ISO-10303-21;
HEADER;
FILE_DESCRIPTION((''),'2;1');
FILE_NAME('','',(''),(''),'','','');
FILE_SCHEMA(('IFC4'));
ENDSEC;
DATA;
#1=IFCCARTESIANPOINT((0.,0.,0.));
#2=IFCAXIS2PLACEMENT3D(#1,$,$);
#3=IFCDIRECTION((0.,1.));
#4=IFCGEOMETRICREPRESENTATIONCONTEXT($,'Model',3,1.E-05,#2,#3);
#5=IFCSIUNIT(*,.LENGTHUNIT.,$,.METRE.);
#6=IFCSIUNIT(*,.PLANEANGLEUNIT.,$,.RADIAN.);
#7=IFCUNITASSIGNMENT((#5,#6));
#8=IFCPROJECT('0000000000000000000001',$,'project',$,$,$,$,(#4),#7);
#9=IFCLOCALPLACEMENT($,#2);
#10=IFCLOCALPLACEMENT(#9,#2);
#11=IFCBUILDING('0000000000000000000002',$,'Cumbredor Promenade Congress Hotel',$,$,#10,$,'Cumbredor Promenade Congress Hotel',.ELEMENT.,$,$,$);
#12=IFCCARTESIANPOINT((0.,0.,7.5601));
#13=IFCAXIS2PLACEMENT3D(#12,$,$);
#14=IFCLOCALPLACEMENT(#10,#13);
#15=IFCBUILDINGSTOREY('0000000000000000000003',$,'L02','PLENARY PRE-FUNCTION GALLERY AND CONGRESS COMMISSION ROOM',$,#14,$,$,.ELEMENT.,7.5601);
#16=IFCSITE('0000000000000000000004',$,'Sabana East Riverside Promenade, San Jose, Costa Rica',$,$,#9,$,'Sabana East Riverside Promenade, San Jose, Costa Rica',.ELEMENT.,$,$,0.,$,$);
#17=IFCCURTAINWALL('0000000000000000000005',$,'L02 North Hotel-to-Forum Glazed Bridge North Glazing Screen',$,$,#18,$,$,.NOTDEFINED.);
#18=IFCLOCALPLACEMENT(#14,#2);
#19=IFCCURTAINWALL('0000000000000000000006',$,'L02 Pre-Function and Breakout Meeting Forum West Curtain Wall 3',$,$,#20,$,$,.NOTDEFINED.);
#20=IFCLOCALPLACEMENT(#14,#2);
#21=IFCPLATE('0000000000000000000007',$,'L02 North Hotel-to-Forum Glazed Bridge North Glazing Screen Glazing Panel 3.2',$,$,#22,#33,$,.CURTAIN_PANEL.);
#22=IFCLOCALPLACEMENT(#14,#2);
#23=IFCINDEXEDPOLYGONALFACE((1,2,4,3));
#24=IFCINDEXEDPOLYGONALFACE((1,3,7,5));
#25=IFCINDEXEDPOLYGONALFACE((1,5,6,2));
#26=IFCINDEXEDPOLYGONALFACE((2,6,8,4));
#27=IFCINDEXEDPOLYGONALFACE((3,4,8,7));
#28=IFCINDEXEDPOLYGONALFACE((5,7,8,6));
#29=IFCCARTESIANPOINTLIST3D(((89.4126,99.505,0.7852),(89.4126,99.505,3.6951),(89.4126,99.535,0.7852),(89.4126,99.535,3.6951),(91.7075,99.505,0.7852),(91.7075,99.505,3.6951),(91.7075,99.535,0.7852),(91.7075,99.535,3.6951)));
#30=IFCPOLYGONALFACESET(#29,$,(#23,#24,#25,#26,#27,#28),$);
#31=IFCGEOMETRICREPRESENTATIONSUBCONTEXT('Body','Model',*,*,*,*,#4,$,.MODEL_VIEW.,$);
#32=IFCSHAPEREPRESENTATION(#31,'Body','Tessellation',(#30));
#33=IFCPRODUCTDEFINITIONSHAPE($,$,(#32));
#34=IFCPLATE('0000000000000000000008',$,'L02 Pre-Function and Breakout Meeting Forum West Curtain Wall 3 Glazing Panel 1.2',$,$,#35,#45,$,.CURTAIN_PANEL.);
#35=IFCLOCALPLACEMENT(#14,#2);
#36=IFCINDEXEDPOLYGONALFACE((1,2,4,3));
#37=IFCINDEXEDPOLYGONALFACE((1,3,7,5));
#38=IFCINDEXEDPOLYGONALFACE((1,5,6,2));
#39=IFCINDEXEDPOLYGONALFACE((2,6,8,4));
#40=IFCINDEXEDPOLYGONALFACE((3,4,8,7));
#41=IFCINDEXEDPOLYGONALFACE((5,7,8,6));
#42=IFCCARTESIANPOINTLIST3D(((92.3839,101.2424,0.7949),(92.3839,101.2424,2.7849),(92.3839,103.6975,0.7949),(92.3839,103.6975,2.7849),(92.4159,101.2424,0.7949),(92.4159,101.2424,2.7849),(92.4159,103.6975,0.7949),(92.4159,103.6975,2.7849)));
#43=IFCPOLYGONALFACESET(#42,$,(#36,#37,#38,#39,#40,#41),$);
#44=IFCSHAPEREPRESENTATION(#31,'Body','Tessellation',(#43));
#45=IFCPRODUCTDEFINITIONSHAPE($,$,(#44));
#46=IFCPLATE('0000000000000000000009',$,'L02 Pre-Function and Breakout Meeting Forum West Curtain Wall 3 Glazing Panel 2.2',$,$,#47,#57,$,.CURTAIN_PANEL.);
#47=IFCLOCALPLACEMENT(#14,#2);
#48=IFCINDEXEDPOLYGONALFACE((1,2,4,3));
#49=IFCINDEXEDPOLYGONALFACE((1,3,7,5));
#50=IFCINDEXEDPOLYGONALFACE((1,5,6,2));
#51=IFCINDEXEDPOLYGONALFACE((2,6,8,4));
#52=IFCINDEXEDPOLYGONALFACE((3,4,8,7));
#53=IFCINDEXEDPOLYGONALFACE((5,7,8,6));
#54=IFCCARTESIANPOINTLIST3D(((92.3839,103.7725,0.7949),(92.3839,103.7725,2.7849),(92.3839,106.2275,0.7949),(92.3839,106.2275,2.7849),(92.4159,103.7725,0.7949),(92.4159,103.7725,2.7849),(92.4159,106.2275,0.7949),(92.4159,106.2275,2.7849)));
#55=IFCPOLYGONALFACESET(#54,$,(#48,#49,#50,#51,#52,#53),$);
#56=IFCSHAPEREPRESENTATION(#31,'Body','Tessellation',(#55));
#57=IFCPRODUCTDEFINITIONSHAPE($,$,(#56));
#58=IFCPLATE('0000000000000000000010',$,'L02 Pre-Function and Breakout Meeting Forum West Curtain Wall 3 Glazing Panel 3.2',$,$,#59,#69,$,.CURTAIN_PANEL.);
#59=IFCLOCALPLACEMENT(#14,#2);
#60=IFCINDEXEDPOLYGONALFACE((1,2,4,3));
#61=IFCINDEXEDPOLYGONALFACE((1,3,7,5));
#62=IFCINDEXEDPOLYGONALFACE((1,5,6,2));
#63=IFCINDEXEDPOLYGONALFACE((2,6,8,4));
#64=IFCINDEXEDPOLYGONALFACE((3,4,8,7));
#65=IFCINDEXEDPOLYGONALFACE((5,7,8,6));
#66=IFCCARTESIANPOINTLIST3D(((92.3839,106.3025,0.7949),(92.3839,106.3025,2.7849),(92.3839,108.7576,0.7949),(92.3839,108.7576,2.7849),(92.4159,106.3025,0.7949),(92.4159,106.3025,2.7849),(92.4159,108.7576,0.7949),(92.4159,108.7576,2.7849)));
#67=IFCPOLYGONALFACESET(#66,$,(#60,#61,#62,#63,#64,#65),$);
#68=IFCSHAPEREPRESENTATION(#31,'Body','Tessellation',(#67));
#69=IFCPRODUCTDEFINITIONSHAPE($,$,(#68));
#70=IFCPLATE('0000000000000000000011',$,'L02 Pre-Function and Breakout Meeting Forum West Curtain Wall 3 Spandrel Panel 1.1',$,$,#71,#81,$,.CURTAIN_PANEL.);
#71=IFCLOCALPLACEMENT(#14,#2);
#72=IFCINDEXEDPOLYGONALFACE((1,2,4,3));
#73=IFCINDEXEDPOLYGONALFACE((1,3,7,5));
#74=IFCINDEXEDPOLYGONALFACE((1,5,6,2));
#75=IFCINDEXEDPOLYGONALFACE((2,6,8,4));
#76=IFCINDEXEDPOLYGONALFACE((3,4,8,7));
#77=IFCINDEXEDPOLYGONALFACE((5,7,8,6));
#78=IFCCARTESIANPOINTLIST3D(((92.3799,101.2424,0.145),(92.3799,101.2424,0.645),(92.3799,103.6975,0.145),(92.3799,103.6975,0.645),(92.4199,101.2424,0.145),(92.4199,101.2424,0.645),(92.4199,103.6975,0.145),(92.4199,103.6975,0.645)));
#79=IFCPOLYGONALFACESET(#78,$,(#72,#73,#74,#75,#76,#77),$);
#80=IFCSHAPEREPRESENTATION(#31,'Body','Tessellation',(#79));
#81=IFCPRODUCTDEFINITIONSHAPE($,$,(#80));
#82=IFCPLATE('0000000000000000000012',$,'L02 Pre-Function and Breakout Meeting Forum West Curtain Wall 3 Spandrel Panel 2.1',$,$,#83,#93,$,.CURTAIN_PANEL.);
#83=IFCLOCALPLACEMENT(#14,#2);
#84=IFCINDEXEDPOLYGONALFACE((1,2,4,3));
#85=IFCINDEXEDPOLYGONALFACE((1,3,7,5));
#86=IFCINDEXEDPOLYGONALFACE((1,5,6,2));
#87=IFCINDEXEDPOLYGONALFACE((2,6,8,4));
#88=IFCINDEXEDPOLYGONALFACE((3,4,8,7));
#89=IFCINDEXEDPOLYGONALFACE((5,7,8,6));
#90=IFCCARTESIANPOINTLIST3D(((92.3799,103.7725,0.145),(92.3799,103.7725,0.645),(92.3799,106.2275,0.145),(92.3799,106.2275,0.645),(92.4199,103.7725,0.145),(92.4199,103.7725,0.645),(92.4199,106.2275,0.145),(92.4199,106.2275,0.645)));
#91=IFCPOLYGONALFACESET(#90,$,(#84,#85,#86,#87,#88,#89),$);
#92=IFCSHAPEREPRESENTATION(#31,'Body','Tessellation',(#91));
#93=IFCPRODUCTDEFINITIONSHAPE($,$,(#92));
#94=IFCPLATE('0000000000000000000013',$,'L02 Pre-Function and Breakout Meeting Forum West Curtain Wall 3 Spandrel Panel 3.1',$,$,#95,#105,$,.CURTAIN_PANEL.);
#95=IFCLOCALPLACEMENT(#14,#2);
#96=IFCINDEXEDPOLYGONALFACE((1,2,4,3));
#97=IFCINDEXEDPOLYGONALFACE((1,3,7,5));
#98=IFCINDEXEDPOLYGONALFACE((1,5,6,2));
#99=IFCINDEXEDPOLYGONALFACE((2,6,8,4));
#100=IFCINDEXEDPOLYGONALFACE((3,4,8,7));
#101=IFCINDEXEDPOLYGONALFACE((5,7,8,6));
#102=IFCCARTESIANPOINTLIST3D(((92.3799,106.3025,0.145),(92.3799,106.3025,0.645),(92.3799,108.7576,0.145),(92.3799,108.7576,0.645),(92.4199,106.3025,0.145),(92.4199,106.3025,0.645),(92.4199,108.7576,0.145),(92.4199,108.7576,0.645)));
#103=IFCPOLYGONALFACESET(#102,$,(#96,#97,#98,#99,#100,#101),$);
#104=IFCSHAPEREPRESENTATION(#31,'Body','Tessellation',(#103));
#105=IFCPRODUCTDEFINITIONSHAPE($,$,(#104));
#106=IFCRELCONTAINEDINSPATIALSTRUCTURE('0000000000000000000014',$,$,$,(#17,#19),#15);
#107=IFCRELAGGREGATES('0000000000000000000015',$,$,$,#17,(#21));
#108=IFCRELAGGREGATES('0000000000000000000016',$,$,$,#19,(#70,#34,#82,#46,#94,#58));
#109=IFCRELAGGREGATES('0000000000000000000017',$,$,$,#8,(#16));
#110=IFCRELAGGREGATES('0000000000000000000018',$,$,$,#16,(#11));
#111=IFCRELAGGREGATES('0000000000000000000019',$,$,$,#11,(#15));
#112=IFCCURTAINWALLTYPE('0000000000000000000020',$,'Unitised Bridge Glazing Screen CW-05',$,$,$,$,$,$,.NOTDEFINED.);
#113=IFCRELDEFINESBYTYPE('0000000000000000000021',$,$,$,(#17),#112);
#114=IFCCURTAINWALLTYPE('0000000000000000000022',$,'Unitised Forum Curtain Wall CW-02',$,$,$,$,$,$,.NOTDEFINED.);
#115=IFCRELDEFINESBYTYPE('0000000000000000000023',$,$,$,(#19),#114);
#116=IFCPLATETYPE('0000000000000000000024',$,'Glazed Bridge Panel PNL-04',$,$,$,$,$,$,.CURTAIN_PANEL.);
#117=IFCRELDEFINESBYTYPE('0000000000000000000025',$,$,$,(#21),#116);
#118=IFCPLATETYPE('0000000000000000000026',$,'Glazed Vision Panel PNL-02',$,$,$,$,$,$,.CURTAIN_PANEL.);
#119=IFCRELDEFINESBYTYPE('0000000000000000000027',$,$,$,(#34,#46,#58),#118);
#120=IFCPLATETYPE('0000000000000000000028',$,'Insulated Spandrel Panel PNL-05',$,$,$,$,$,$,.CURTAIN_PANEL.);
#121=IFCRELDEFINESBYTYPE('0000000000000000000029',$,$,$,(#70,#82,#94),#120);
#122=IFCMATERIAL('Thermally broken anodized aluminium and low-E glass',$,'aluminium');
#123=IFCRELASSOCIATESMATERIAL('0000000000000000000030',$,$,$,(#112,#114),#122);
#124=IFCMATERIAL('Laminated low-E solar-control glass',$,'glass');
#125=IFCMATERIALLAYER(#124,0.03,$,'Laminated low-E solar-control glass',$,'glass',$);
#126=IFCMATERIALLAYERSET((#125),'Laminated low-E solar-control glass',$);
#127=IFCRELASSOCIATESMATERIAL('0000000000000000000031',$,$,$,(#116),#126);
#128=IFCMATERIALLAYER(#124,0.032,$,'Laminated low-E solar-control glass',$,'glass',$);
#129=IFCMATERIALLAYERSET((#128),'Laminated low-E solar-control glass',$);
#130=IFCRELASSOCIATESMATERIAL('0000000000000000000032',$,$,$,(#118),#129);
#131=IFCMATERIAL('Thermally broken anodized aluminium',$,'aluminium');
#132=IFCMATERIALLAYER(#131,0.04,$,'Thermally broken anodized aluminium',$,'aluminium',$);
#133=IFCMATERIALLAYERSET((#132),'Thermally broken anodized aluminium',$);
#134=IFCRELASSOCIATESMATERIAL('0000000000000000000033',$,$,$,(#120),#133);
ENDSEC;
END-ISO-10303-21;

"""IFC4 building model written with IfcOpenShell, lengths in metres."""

from ifc_helpers import new_model, si_unit, direction, frame, origin, origin_2d, place, context, subcontext, project, spatial, rectangle, extrude, material, layer, layer_set, type_object, element, aggregate, save


model = new_model("IFC4")

# Units and contexts
model_context = context("Model", 3, precision=1e-05, world=origin(), true_north=direction((0.0, 1.0)))
body_context = subcontext(model_context, "Body", "Model", "MODEL_VIEW")
ifc_project = project(units=[si_unit("LENGTHUNIT", "METRE"), si_unit("PLANEANGLEUNIT", "RADIAN")], contexts=[model_context])

# Site, building, storey
site_placement = place(None, origin())
site = spatial("IfcSite", under=ifc_project, at=site_placement, Name="Sabana East Riverside Promenade, San Jose, Costa Rica", LongName="Sabana East Riverside Promenade, San Jose, Costa Rica", CompositionType="ELEMENT", RefElevation=0.0)
building_placement = place(site_placement, origin())
building = spatial("IfcBuilding", under=site, at=building_placement, Name="Cumbredor Promenade Congress Hotel", LongName="Cumbredor Promenade Congress Hotel", CompositionType="ELEMENT")
storey_placement = place(building_placement, frame((0.0, 0.0, 7.5601)))
storey = spatial("IfcBuildingStorey", under=building, at=storey_placement, Name="L02", Description="PLENARY PRE-FUNCTION GALLERY AND CONGRESS COMMISSION ROOM", CompositionType="ELEMENT", Elevation=7.5601)

# Curtain wall
ifc_material_1 = material(Name="Thermally broken anodized aluminium and low-E glass", Category="aluminium")
curtain_wall_type_1 = type_object("IfcCurtainWallType", Name="Unitised Bridge Glazing Screen CW-05", PredefinedType="NOTDEFINED", material=ifc_material_1)
curtain_wall_1_placement = place(storey_placement, origin())
curtain_wall_1 = element("IfcCurtainWall", 1, at=curtain_wall_1_placement, inside=storey, type_object=curtain_wall_type_1, Name="L02 North Hotel-to-Forum Glazed Bridge North Glazing Screen", PredefinedType="NOTDEFINED")
ifc_material_2 = material(Name="Thermally broken anodized aluminium", Category="aluminium")

# Curtain wall
curtain_wall_type_2 = type_object("IfcCurtainWallType", Name="Unitised Forum Curtain Wall CW-02", PredefinedType="NOTDEFINED", material=ifc_material_1)
curtain_wall_2_placement = place(storey_placement, origin())
curtain_wall_2 = element("IfcCurtainWall", 2, at=curtain_wall_2_placement, inside=storey, type_object=curtain_wall_type_2, Name="L02 Pre-Function and Breakout Meeting Forum West Curtain Wall 3", PredefinedType="NOTDEFINED")

# Plates
ifc_material_3 = material(Name="Laminated low-E solar-control glass", Category="glass")
ifc_layer_1 = layer(ifc_material_3, 0.03, Name="Laminated low-E solar-control glass", Category="glass")
ifc_layer_set_1 = layer_set([ifc_layer_1], Name="Laminated low-E solar-control glass")
plate_type_1 = type_object("IfcPlateType", Name="Glazed Bridge Panel PNL-04", PredefinedType="CURTAIN_PANEL", material=ifc_layer_set_1)
plate_1_placement = place(storey_placement, frame((90.5601, 99.52, 0.7852), z_axis=(0.0, 0.0, 1.0), x_axis=(1.0, 0.0, 0.0)))
plate_1 = element("IfcPlate", 3, at=plate_1_placement, type_object=plate_type_1, Name="L02 North Hotel-to-Forum Glazed Bridge North Glazing Screen Glazing Panel 3.2", PredefinedType="CURTAIN_PANEL", context=body_context, shape_type="SweptSolid", body=[
    extrude(rectangle(XDim=2.2949, YDim=0.03, at=origin_2d()), origin(), (0.0, 0.0, 1.0), 2.9099),
])
aggregate(curtain_wall_1, [plate_1])
ifc_layer_2 = layer(ifc_material_3, 0.032, Name="Laminated low-E solar-control glass", Category="glass")
ifc_layer_set_2 = layer_set([ifc_layer_2], Name="Laminated low-E solar-control glass")
plate_type_2 = type_object("IfcPlateType", Name="Glazed Vision Panel PNL-02", PredefinedType="CURTAIN_PANEL", material=ifc_layer_set_2)
plate_2_placement = place(storey_placement, frame((92.3999, 102.47, 0.7949), z_axis=(0.0, 0.0, 1.0), x_axis=(0.0, 1.0, 0.0)))
plate_2 = element("IfcPlate", 4, at=plate_2_placement, type_object=plate_type_2, Name="L02 Pre-Function and Breakout Meeting Forum West Curtain Wall 3 Glazing Panel 1.2", PredefinedType="CURTAIN_PANEL", context=body_context, shape_type="SweptSolid", body=[
    extrude(rectangle(XDim=2.4551, YDim=0.032, at=origin_2d()), origin(), (0.0, 0.0, 1.0), 1.99),
])
plate_3_placement = place(storey_placement, frame((92.3999, 105.0, 0.7949), z_axis=(0.0, 0.0, 1.0), x_axis=(0.0, 1.0, 0.0)))
plate_3 = element("IfcPlate", 5, at=plate_3_placement, type_object=plate_type_2, Name="L02 Pre-Function and Breakout Meeting Forum West Curtain Wall 3 Glazing Panel 2.2", PredefinedType="CURTAIN_PANEL", context=body_context, shape_type="SweptSolid", body=[
    extrude(rectangle(XDim=2.4551, YDim=0.032, at=origin_2d()), origin(), (0.0, 0.0, 1.0), 1.99),
])
plate_4_placement = place(storey_placement, frame((92.3999, 107.53, 0.7949), z_axis=(0.0, 0.0, 1.0), x_axis=(0.0, 1.0, 0.0)))
plate_4 = element("IfcPlate", 6, at=plate_4_placement, type_object=plate_type_2, Name="L02 Pre-Function and Breakout Meeting Forum West Curtain Wall 3 Glazing Panel 3.2", PredefinedType="CURTAIN_PANEL", context=body_context, shape_type="SweptSolid", body=[
    extrude(rectangle(XDim=2.4551, YDim=0.032, at=origin_2d()), origin(), (0.0, 0.0, 1.0), 1.99),
])
ifc_layer_3 = layer(ifc_material_2, 0.04, Name="Thermally broken anodized aluminium", Category="aluminium")
ifc_layer_set_3 = layer_set([ifc_layer_3], Name="Thermally broken anodized aluminium")
plate_type_3 = type_object("IfcPlateType", Name="Insulated Spandrel Panel PNL-05", PredefinedType="CURTAIN_PANEL", material=ifc_layer_set_3)
plate_5_placement = place(storey_placement, frame((92.3999, 102.47, 0.145), z_axis=(0.0, 0.0, 1.0), x_axis=(0.0, 1.0, 0.0)))
plate_5 = element("IfcPlate", 7, at=plate_5_placement, type_object=plate_type_3, Name="L02 Pre-Function and Breakout Meeting Forum West Curtain Wall 3 Spandrel Panel 1.1", PredefinedType="CURTAIN_PANEL", context=body_context, shape_type="SweptSolid", body=[
    extrude(rectangle(XDim=2.4551, YDim=0.04, at=origin_2d()), origin(), (0.0, 0.0, 1.0), 0.5),
])
plate_6_placement = place(storey_placement, frame((92.3999, 105.0, 0.145), z_axis=(0.0, 0.0, 1.0), x_axis=(0.0, 1.0, 0.0)))
plate_6 = element("IfcPlate", 8, at=plate_6_placement, type_object=plate_type_3, Name="L02 Pre-Function and Breakout Meeting Forum West Curtain Wall 3 Spandrel Panel 2.1", PredefinedType="CURTAIN_PANEL", context=body_context, shape_type="SweptSolid", body=[
    extrude(rectangle(XDim=2.4551, YDim=0.04, at=origin_2d()), origin(), (0.0, 0.0, 1.0), 0.5),
])
plate_7_placement = place(storey_placement, frame((92.3999, 107.53, 0.145), z_axis=(0.0, 0.0, 1.0), x_axis=(0.0, 1.0, 0.0)))
plate_7 = element("IfcPlate", 9, at=plate_7_placement, type_object=plate_type_3, Name="L02 Pre-Function and Breakout Meeting Forum West Curtain Wall 3 Spandrel Panel 3.1", PredefinedType="CURTAIN_PANEL", context=body_context, shape_type="SweptSolid", body=[
    extrude(rectangle(XDim=2.4551, YDim=0.04, at=origin_2d()), origin(), (0.0, 0.0, 1.0), 0.5),
])
aggregate(curtain_wall_2, [plate_5, plate_2, plate_6, plate_3, plate_7, plate_4])

save(model, "model.ifc")
